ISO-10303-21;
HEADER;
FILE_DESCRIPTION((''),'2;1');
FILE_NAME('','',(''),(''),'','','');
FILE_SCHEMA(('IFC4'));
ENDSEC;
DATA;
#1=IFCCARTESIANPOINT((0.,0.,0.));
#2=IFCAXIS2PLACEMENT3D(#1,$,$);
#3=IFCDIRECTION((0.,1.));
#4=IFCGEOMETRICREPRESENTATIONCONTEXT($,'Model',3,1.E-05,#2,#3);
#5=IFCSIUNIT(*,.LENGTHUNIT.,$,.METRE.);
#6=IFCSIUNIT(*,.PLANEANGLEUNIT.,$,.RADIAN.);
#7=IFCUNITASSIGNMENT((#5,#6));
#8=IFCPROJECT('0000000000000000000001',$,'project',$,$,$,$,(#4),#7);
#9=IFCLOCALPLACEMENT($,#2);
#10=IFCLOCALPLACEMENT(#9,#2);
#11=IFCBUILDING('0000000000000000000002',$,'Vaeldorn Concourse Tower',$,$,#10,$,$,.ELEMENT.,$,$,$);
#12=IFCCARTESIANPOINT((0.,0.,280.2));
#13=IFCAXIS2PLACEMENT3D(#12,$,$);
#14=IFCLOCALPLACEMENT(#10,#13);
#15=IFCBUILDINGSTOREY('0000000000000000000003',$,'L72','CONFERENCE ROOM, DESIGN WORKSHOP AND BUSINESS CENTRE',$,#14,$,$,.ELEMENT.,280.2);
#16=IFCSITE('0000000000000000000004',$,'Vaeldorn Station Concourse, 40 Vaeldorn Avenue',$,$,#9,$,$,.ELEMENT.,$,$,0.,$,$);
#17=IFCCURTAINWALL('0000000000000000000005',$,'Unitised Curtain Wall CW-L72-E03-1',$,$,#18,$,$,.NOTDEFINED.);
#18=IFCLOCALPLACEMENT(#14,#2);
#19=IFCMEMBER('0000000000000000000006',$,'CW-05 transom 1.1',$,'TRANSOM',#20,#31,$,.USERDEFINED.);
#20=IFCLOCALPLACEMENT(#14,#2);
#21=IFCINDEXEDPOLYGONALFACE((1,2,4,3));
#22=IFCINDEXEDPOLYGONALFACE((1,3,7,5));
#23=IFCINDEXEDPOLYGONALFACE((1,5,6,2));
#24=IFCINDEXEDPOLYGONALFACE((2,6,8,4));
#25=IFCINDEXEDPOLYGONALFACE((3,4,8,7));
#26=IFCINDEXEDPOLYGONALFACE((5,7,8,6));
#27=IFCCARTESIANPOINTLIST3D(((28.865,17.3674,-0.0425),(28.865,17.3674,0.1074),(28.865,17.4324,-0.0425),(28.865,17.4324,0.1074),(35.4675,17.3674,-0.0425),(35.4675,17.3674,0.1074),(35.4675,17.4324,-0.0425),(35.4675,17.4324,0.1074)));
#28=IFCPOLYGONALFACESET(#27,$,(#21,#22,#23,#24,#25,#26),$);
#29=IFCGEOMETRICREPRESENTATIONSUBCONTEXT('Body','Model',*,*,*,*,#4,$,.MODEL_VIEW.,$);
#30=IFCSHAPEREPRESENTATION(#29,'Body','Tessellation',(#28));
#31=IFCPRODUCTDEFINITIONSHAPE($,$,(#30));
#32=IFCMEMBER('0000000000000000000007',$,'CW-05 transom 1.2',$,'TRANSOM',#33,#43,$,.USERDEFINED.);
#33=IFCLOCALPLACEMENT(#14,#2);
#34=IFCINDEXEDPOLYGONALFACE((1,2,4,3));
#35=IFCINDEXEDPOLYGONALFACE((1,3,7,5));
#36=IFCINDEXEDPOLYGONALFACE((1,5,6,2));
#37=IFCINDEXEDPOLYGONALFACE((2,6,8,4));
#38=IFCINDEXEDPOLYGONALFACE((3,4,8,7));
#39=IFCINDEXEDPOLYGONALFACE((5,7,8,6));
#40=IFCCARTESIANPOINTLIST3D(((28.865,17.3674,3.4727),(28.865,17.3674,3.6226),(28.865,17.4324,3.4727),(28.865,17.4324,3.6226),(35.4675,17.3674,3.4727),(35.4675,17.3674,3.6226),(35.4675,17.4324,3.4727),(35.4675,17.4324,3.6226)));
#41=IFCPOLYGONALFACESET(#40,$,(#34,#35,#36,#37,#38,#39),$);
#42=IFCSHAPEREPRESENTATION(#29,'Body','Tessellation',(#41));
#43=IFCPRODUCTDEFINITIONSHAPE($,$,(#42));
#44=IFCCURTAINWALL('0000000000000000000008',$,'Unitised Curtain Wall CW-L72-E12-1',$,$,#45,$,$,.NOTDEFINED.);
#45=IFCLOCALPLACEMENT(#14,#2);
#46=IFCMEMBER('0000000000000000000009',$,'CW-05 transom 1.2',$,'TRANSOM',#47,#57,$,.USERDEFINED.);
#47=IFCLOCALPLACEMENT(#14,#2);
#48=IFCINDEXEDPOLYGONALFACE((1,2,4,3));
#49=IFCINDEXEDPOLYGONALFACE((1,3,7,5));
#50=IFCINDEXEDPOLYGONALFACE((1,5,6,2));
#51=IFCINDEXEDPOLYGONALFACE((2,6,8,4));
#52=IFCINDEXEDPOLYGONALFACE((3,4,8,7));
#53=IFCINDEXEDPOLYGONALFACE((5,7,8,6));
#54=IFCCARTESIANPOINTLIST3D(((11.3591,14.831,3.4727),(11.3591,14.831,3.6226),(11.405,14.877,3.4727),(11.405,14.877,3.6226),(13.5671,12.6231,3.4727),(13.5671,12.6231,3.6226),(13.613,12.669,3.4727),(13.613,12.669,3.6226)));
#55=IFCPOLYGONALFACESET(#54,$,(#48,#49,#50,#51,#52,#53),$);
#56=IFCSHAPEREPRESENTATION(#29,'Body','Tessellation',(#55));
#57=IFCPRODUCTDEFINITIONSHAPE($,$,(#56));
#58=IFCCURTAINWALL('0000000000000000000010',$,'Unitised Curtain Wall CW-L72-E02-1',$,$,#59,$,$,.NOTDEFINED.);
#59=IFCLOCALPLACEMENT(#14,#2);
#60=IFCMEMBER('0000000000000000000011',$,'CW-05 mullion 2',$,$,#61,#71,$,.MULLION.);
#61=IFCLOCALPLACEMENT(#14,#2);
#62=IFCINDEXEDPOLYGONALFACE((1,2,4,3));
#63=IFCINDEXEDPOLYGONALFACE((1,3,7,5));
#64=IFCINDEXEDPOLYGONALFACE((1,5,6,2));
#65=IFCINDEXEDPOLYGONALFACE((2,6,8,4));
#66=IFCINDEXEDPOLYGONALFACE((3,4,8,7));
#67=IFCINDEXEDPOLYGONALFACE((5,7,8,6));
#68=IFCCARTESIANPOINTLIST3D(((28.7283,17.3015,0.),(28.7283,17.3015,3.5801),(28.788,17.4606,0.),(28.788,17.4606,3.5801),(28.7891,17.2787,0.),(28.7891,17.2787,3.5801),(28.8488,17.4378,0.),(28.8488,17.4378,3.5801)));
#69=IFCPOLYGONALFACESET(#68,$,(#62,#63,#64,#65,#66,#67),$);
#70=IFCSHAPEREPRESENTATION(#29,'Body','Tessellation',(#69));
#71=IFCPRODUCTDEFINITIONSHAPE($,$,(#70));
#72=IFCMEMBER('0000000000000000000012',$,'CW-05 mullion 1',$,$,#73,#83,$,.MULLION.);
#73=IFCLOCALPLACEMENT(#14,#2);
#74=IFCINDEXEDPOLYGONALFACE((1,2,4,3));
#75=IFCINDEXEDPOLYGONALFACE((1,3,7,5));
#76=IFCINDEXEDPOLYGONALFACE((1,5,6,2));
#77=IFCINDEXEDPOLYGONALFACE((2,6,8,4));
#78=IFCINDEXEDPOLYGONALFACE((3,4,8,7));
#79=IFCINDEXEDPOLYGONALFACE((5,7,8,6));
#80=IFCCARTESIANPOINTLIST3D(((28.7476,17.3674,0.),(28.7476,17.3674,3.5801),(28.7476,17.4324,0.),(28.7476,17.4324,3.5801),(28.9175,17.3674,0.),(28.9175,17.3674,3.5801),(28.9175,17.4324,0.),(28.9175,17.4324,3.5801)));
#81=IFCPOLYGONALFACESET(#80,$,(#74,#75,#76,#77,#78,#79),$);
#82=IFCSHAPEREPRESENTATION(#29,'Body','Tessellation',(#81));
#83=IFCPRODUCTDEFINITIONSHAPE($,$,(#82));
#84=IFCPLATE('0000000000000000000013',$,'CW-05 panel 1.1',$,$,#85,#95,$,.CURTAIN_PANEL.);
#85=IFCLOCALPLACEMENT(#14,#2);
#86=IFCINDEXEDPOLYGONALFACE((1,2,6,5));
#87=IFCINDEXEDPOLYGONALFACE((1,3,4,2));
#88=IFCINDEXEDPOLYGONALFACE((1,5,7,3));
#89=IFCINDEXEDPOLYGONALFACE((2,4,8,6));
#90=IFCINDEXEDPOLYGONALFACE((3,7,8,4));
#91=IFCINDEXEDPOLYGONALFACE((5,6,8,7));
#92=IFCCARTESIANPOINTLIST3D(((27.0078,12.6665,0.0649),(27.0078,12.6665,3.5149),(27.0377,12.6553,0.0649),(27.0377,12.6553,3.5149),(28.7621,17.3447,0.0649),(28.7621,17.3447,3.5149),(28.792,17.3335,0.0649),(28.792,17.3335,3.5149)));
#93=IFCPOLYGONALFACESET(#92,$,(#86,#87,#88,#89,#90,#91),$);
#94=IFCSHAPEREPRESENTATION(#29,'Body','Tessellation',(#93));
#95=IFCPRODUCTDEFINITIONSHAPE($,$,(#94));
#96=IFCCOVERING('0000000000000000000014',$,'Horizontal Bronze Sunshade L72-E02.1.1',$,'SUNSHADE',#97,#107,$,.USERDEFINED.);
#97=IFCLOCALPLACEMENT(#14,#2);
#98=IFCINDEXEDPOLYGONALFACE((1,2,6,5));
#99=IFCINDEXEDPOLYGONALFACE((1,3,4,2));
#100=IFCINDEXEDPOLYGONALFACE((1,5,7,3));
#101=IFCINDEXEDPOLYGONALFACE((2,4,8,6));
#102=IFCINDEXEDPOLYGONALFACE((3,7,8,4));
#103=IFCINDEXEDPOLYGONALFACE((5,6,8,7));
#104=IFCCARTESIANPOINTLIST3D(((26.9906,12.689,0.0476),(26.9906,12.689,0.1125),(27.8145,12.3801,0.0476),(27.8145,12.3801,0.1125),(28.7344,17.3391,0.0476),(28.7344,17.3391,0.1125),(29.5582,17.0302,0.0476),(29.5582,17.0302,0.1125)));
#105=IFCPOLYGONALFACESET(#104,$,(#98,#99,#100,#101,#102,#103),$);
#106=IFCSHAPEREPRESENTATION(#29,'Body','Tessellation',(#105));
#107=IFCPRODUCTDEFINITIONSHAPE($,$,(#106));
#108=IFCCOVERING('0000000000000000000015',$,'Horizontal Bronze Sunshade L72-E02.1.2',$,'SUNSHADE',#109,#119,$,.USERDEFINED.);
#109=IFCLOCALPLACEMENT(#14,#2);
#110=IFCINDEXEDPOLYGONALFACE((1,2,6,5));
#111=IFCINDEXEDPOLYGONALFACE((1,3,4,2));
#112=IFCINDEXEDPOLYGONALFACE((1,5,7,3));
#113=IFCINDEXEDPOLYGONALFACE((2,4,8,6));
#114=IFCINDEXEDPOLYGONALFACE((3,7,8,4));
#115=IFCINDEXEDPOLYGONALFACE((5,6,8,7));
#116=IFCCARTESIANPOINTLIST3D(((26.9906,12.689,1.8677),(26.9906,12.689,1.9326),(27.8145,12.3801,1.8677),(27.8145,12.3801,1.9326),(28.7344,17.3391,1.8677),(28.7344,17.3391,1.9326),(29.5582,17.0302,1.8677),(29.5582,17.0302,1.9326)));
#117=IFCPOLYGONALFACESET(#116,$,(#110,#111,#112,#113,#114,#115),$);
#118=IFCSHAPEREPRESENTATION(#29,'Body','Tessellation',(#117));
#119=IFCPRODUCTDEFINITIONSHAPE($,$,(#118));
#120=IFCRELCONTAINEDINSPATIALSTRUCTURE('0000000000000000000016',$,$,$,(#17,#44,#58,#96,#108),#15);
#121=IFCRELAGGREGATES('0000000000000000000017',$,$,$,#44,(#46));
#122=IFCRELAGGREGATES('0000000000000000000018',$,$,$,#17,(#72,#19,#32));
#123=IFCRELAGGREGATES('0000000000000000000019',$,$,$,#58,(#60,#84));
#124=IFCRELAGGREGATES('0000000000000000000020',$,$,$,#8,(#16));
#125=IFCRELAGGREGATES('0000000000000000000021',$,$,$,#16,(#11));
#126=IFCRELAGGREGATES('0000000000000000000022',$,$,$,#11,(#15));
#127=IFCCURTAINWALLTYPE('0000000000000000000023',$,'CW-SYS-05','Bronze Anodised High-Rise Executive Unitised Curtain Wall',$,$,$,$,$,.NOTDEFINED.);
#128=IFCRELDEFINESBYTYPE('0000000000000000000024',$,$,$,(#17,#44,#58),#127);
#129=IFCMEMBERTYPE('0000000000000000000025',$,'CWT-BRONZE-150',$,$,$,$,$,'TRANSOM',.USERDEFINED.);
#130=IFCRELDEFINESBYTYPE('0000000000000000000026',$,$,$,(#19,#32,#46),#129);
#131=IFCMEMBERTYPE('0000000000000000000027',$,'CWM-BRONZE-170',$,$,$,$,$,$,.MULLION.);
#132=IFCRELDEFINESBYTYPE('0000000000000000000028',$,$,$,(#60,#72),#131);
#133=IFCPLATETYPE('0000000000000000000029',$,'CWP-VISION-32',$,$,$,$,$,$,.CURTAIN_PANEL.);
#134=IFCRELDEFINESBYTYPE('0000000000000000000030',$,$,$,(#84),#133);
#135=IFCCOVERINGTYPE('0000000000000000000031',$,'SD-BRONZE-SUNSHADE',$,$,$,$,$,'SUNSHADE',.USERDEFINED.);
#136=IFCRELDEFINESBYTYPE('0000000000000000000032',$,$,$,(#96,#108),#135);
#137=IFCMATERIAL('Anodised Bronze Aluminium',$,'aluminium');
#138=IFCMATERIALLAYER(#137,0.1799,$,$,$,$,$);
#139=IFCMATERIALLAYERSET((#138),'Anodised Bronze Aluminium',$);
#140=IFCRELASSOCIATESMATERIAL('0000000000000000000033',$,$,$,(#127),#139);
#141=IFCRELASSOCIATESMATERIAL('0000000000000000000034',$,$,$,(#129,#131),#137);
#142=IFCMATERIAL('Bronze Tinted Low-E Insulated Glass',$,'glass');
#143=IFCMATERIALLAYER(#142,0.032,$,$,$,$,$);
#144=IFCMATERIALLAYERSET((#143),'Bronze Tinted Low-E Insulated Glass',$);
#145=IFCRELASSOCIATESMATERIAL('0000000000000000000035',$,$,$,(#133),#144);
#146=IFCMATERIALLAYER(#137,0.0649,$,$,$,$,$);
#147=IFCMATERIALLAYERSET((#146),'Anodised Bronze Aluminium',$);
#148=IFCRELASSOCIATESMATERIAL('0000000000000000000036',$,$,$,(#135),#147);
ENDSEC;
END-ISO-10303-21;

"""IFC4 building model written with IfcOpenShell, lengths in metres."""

from ifc_helpers import new_model, si_unit, direction, frame, origin, origin_2d, place, context, subcontext, project, spatial, rectangle, extrude, source, transform, mapped, material, layer, layer_set, material_profile, profile_set, type_object, element, aggregate, save


model = new_model("IFC4")

# Units and contexts
model_context = context("Model", 3, precision=1e-05, world=origin(), true_north=direction((0.0, 1.0)))
body_context = subcontext(model_context, "Body", "Model", "MODEL_VIEW")
ifc_project = project(units=[si_unit("LENGTHUNIT", "METRE"), si_unit("PLANEANGLEUNIT", "RADIAN")], contexts=[model_context])

# Site, building, storey
site_placement = place(None, origin())
site = spatial("IfcSite", under=ifc_project, at=site_placement, Name="Vaeldorn Station Concourse, 40 Vaeldorn Avenue", CompositionType="ELEMENT", RefElevation=0.0)
building_placement = place(site_placement, origin())
building = spatial("IfcBuilding", under=site, at=building_placement, Name="Vaeldorn Concourse Tower", CompositionType="ELEMENT")
storey_placement = place(building_placement, frame((0.0, 0.0, 280.2)))
storey = spatial("IfcBuildingStorey", under=building, at=storey_placement, Name="L72", Description="CONFERENCE ROOM, DESIGN WORKSHOP AND BUSINESS CENTRE", CompositionType="ELEMENT", Elevation=280.2)

# Curtain wall, members
ifc_material_1 = material(Name="Anodised Bronze Aluminium", Category="aluminium")
ifc_layer_1 = layer(ifc_material_1, 0.1799)
ifc_layer_set_1 = layer_set([ifc_layer_1], Name="Anodised Bronze Aluminium")
curtain_wall_type = type_object("IfcCurtainWallType", Name="CW-SYS-05", Description="Bronze Anodised High-Rise Executive Unitised Curtain Wall", PredefinedType="NOTDEFINED", material=ifc_layer_set_1)
curtain_wall_1_placement = place(storey_placement, origin())
curtain_wall_1 = element("IfcCurtainWall", 1, at=curtain_wall_1_placement, inside=storey, type_object=curtain_wall_type, Name="Unitised Curtain Wall CW-L72-E03-1", PredefinedType="NOTDEFINED")
ifc_material_profile_1 = material_profile(ifc_material_1, rectangle(XDim=0.0649, YDim=0.1499, at=origin_2d()), Name="CWT 65x150")
ifc_profile_set_1 = profile_set([ifc_material_profile_1], Name="Anodised Bronze Aluminium")
member_type_1 = type_object("IfcMemberType", Name="CWT-BRONZE-150", ElementType="TRANSOM", PredefinedType="USERDEFINED", material=ifc_profile_set_1)
shared_shape_1 = source(origin(), body_context, "Body", "SweptSolid", [
    extrude(rectangle(XDim=0.0649, YDim=0.1499, at=origin_2d()), origin(), (0.0, 0.0, 1.0), 6.6025),
])
member_1_placement = place(storey_placement, frame((28.865, 17.3999, 0.0325), z_axis=(1.0, 0.0, 0.0), x_axis=(0.0, 1.0, 0.0)))
member_1 = element("IfcMember", 2, at=member_1_placement, type_object=member_type_1, Name="CW-05 transom 1.1", ObjectType="TRANSOM", PredefinedType="USERDEFINED", context=body_context, shape_type="MappedRepresentation", body=[
    mapped(shared_shape_1, transform((0.0, 0.0, 0.0), scale=1.0)),
])
member_2_placement = place(storey_placement, frame((28.865, 17.3999, 3.5476), z_axis=(1.0, 0.0, 0.0), x_axis=(0.0, 1.0, 0.0)))
member_2 = element("IfcMember", 3, at=member_2_placement, type_object=member_type_1, Name="CW-05 transom 1.2", ObjectType="TRANSOM", PredefinedType="USERDEFINED", context=body_context, shape_type="MappedRepresentation", body=[
    mapped(shared_shape_1, transform((0.0, 0.0, 0.0), scale=1.0)),
])

# Curtain walls, members
curtain_wall_2_placement = place(storey_placement, origin())
curtain_wall_2 = element("IfcCurtainWall", 4, at=curtain_wall_2_placement, inside=storey, type_object=curtain_wall_type, Name="Unitised Curtain Wall CW-L72-E12-1", PredefinedType="NOTDEFINED")
shared_shape_2 = source(origin(), body_context, "Body", "SweptSolid", [
    extrude(rectangle(XDim=0.0649, YDim=0.1499, at=origin_2d()), origin(), (0.0, 0.0, 1.0), 3.1226),
])
member_3_placement = place(storey_placement, frame((11.3821, 14.854, 3.5476), z_axis=(0.707107, -0.707107, 0.0), x_axis=(0.707107, 0.707107, 0.0)))
member_3 = element("IfcMember", 5, at=member_3_placement, type_object=member_type_1, Name="CW-05 transom 1.2", ObjectType="TRANSOM", PredefinedType="USERDEFINED", context=body_context, shape_type="MappedRepresentation", body=[
    mapped(shared_shape_2, transform((0.0, 0.0, 0.0), scale=1.0)),
])
aggregate(curtain_wall_2, [member_3])
curtain_wall_3_placement = place(storey_placement, origin())
curtain_wall_3 = element("IfcCurtainWall", 6, at=curtain_wall_3_placement, inside=storey, type_object=curtain_wall_type, Name="Unitised Curtain Wall CW-L72-E02-1", PredefinedType="NOTDEFINED")
ifc_material_profile_2 = material_profile(ifc_material_1, rectangle(XDim=0.0649, YDim=0.1699, at=origin_2d()), Name="CWM 65x170")
ifc_profile_set_2 = profile_set([ifc_material_profile_2], Name="Anodised Bronze Aluminium")
member_type_2 = type_object("IfcMemberType", Name="CWM-BRONZE-170", PredefinedType="MULLION", material=ifc_profile_set_2)
shared_shape_3 = source(origin(), body_context, "Body", "SweptSolid", [
    extrude(rectangle(XDim=0.0649, YDim=0.1699, at=origin_2d()), origin(), (0.0, 0.0, 1.0), 3.5801),
])
member_4_placement = place(storey_placement, frame((28.7886, 17.3696, 0.0), z_axis=(0.0, 0.0, 1.0), x_axis=(-0.936329, 0.351123, 0.0)))
member_4 = element("IfcMember", 7, at=member_4_placement, type_object=member_type_2, Name="CW-05 mullion 2", PredefinedType="MULLION", context=body_context, shape_type="MappedRepresentation", body=[
    mapped(shared_shape_3, transform((0.0, 0.0, 0.0), scale=1.0)),
])

# Member
member_5_placement = place(storey_placement, frame((28.8325, 17.3999, 0.0), z_axis=(0.0, 0.0, 1.0), x_axis=(0.0, 1.0, 0.0)))
member_5 = element("IfcMember", 8, at=member_5_placement, type_object=member_type_2, Name="CW-05 mullion 1", PredefinedType="MULLION", context=body_context, shape_type="MappedRepresentation", body=[
    mapped(shared_shape_3, transform((0.0, 0.0, 0.0), scale=1.0)),
])
aggregate(curtain_wall_1, [member_5, member_1, member_2])

# Plate
ifc_material_2 = material(Name="Bronze Tinted Low-E Insulated Glass", Category="glass")
ifc_layer_2 = layer(ifc_material_2, 0.032)
ifc_layer_set_2 = layer_set([ifc_layer_2], Name="Bronze Tinted Low-E Insulated Glass")
plate_type = type_object("IfcPlateType", Name="CWP-VISION-32", PredefinedType="CURTAIN_PANEL", material=ifc_layer_set_2)
shared_shape_4 = source(origin(), body_context, "Body", "SweptSolid", [
    extrude(rectangle(XDim=4.9963, YDim=0.032, at=origin_2d()), origin(), (0.0, 0.0, 1.0), 3.45),
])
plate_placement = place(storey_placement, frame((27.8999, 15.0, 0.0649), z_axis=(0.0, 0.0, 1.0), x_axis=(0.351123, 0.936329, 0.0)))
plate = element("IfcPlate", 9, at=plate_placement, type_object=plate_type, Name="CW-05 panel 1.1", PredefinedType="CURTAIN_PANEL", context=body_context, shape_type="MappedRepresentation", body=[
    mapped(shared_shape_4, transform((0.0, 0.0, 0.0), scale=1.0)),
])
aggregate(curtain_wall_3, [member_4, plate])

# Coverings
ifc_layer_3 = layer(ifc_material_1, 0.0649)
ifc_layer_set_3 = layer_set([ifc_layer_3], Name="Anodised Bronze Aluminium")
covering_type = type_object("IfcCoveringType", Name="SD-BRONZE-SUNSHADE", ElementType="SUNSHADE", PredefinedType="USERDEFINED", material=ifc_layer_set_3)
shared_shape_5 = source(origin(), body_context, "Body", "SweptSolid", [
    extrude(rectangle(XDim=4.9663, YDim=0.8799, at=origin_2d()), origin(), (0.0, 0.0, 1.0), 0.0649),
])
for number, where, z_axis, x_axis, name in (
    (10, (28.2744, 14.8596, 0.0476), (0.0, 0.0, 1.0), (0.351123, 0.936329, 0.0), "Horizontal Bronze Sunshade L72-E02.1.1"),
    (11, (28.2744, 14.8596, 1.8677), (0.0, 0.0, 1.0), (0.351123, 0.936329, 0.0), "Horizontal Bronze Sunshade L72-E02.1.2"),
):
    element("IfcCovering", number, at=place(storey_placement, frame(where, z_axis=z_axis, x_axis=x_axis)), inside=storey, type_object=covering_type, Name=name, ObjectType="SUNSHADE", PredefinedType="USERDEFINED", context=body_context, shape_type="MappedRepresentation", body=[
        mapped(shared_shape_5, transform((0.0, 0.0, 0.0), scale=1.0)),
    ])

save(model, "model.ifc")
